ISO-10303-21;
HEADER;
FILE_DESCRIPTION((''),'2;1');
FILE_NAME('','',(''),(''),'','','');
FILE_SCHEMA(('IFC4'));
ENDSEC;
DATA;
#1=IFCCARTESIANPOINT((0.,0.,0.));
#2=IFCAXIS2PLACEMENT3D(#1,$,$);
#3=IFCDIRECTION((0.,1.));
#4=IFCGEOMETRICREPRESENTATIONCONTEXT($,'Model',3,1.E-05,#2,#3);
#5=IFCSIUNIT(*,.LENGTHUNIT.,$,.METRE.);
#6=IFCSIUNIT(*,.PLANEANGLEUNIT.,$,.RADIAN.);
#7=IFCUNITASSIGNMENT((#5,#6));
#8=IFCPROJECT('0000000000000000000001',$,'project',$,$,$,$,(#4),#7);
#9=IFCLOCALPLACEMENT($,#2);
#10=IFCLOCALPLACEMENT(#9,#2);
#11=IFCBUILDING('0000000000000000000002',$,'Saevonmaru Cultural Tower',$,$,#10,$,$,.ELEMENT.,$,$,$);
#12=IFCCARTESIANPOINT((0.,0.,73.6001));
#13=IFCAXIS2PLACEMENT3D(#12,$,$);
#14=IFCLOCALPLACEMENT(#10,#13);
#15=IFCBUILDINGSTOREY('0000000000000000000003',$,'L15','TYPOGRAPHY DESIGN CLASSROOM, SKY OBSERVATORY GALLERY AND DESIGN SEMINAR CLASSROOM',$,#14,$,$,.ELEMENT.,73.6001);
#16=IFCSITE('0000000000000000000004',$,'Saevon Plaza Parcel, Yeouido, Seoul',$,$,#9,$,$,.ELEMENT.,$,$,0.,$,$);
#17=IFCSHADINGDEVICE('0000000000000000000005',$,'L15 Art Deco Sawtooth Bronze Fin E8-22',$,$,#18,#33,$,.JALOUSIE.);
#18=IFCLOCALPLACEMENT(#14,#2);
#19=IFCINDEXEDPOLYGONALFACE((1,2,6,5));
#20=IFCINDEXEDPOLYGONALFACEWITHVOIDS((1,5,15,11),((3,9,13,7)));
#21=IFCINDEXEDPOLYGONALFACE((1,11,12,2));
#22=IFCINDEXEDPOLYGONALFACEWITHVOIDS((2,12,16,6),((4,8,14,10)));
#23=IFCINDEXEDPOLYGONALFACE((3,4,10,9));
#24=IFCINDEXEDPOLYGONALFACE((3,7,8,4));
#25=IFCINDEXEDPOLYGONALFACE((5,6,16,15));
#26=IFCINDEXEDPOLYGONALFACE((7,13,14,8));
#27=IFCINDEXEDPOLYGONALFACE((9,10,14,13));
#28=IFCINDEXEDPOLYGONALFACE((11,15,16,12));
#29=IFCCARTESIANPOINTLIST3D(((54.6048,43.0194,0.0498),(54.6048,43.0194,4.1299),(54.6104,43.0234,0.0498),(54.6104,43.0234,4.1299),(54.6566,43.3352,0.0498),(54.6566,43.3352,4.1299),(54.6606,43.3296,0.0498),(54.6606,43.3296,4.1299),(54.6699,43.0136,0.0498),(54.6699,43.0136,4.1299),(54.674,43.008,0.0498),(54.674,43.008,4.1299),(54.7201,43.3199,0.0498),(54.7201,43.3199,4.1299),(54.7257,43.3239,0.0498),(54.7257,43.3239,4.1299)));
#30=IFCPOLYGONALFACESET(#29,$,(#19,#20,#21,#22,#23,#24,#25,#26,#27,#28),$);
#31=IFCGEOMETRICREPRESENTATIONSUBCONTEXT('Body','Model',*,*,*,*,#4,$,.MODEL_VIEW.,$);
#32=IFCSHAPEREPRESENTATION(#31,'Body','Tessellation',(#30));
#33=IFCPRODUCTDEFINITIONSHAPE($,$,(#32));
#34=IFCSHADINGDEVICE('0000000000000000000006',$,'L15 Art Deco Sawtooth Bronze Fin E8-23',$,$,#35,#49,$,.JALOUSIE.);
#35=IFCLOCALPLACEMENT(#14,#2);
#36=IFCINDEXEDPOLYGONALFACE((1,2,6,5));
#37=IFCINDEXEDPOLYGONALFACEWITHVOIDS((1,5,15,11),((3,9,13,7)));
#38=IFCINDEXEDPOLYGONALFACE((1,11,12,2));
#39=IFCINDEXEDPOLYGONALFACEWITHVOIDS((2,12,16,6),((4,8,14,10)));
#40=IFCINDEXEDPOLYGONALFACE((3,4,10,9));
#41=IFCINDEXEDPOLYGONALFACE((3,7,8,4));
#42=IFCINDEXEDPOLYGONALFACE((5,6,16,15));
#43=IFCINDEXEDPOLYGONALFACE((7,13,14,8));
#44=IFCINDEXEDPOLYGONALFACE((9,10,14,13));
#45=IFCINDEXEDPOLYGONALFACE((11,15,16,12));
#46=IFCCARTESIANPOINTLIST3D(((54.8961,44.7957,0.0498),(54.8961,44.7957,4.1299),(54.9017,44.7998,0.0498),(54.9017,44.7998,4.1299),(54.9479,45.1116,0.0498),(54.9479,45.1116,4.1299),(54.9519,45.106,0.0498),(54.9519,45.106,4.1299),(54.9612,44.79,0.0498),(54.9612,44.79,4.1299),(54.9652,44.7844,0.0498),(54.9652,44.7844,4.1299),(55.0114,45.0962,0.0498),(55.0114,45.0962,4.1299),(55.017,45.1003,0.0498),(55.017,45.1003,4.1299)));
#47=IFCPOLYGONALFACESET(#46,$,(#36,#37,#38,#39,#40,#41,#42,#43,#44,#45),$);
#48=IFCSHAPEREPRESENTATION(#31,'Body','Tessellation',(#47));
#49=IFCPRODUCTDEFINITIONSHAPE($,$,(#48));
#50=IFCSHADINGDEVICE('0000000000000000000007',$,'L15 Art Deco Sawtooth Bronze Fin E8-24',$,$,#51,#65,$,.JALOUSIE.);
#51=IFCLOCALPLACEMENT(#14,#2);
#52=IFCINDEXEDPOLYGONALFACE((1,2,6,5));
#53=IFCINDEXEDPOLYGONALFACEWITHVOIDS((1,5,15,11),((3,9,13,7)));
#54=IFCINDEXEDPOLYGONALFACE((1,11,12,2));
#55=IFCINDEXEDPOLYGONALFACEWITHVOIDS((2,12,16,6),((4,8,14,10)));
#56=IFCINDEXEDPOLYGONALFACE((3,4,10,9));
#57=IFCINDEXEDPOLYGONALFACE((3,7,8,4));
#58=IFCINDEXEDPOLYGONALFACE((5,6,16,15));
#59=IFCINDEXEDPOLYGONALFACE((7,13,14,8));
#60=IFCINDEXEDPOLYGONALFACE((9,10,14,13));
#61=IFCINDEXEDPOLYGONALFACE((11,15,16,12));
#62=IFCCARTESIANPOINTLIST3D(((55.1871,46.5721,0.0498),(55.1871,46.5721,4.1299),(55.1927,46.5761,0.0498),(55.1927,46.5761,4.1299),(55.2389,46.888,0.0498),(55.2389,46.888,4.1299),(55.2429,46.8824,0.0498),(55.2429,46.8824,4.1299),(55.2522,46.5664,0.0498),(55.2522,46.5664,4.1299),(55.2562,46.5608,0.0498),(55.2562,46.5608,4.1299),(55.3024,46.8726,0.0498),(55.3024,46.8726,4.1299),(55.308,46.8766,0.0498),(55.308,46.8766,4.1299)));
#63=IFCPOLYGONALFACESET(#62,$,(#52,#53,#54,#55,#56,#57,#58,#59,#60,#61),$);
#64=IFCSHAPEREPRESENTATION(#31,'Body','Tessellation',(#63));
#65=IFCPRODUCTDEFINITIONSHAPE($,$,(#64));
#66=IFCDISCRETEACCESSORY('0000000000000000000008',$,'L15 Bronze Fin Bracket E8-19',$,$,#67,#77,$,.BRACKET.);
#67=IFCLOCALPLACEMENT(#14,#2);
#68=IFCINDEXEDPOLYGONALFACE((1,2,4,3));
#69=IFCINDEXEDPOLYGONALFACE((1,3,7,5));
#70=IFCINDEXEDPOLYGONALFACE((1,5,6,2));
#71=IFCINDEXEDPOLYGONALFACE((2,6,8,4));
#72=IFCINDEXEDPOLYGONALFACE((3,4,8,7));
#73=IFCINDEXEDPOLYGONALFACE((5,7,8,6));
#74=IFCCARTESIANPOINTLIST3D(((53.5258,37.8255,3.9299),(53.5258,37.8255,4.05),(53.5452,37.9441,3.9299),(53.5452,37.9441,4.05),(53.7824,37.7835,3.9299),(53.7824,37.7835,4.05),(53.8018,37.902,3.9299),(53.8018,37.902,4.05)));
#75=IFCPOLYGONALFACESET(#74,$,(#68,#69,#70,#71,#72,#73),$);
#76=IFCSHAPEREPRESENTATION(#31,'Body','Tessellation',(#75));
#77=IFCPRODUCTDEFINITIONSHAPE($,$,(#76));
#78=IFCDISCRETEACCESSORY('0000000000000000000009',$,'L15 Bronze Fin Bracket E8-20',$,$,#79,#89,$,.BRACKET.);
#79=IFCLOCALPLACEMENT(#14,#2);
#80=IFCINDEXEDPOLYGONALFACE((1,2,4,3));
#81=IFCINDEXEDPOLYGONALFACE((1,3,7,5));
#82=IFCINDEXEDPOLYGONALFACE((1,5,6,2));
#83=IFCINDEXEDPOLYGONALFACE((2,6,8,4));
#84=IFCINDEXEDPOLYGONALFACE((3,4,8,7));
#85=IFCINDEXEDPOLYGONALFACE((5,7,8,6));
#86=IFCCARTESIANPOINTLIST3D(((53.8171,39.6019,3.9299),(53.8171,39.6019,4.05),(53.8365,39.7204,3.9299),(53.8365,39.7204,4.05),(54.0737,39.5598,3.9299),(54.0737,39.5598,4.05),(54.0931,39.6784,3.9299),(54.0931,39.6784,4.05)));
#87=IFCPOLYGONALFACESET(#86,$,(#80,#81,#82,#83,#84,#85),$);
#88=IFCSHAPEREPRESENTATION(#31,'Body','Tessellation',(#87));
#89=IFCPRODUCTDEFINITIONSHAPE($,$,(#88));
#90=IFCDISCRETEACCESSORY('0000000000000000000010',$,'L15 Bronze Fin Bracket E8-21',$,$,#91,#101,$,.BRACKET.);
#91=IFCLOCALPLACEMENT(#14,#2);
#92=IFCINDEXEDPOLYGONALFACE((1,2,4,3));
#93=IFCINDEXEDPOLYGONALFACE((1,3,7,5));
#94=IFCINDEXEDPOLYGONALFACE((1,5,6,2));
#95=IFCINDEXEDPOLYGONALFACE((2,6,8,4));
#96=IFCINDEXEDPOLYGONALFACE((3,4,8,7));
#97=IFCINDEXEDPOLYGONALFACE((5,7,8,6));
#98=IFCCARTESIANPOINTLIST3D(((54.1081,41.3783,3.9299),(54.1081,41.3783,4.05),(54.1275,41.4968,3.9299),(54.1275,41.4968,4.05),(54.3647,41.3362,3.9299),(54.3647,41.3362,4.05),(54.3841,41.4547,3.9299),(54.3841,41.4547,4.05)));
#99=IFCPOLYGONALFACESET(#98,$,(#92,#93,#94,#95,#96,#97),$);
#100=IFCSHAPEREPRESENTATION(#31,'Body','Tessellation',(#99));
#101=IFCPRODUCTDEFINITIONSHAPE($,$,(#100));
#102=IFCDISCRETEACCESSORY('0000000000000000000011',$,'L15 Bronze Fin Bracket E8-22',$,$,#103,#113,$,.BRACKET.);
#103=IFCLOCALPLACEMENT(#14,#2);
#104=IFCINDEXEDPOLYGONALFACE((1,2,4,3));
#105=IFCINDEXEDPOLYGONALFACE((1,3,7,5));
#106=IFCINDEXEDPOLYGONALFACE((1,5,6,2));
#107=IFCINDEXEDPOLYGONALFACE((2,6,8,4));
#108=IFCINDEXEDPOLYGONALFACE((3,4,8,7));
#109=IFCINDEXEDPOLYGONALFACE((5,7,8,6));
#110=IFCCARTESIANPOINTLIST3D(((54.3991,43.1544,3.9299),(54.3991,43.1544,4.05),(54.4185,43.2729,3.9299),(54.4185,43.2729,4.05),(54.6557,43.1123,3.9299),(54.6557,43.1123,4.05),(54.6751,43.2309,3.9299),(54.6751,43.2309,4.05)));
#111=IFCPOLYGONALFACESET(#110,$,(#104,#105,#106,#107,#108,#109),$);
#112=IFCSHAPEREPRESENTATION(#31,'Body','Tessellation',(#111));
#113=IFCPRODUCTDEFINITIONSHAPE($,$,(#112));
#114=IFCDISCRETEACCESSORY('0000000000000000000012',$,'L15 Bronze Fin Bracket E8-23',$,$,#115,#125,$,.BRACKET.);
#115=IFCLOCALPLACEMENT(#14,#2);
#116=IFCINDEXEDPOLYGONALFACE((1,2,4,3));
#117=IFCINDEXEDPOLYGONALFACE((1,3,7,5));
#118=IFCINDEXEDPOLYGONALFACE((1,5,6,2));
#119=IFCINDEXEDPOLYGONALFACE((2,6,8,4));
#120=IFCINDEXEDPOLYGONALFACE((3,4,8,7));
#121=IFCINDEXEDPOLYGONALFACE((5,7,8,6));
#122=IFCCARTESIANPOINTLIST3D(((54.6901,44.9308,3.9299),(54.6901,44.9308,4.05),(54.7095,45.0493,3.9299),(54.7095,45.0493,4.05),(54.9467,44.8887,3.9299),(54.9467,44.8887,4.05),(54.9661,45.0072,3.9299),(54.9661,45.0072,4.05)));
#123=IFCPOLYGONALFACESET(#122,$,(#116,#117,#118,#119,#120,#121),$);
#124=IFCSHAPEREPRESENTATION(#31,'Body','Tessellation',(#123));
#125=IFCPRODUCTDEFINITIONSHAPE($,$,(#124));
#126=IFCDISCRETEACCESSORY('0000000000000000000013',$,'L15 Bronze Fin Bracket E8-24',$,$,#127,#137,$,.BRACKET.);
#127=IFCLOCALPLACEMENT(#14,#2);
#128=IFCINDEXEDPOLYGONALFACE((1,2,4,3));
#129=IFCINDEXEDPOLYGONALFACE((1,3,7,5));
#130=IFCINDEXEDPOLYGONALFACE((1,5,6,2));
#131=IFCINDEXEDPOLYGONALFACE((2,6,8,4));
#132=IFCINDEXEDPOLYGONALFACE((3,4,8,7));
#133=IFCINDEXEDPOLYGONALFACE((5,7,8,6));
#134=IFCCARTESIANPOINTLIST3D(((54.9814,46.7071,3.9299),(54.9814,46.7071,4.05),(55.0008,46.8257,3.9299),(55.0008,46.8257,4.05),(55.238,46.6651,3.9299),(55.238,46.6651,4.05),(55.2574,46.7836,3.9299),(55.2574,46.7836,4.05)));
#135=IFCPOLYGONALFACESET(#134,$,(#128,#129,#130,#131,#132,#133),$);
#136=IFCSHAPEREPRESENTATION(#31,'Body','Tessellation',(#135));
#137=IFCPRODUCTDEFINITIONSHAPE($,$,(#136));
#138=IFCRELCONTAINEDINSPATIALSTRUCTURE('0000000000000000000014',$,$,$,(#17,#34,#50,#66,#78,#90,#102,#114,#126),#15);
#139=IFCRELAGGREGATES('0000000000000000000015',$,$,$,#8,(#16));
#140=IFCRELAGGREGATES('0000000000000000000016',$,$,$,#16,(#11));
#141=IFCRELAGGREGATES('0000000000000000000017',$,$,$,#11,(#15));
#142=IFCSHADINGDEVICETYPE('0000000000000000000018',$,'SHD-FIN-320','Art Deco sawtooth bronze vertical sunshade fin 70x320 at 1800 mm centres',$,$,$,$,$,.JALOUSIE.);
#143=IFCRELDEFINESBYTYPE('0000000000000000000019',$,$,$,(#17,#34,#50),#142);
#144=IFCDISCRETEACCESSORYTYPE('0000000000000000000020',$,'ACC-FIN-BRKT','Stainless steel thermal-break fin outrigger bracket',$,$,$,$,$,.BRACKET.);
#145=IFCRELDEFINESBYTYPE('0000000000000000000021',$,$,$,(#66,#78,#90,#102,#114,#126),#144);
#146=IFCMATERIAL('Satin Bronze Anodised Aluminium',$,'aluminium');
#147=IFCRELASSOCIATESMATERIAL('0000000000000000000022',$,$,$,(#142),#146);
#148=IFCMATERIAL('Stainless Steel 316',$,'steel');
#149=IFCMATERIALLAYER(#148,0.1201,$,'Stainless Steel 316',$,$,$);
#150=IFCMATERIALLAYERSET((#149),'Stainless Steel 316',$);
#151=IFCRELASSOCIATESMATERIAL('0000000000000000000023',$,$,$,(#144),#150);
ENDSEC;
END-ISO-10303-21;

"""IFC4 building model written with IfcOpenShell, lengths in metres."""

from ifc_helpers import new_model, si_unit, direction, frame, origin, origin_2d, place, context, subcontext, project, spatial, rectangle, hollow_rectangle, extrude, material, layer, layer_set, material_profile, profile_set, type_object, element, save


model = new_model("IFC4")

# Units and contexts
model_context = context("Model", 3, precision=1e-05, world=origin(), true_north=direction((0.0, 1.0)))
body_context = subcontext(model_context, "Body", "Model", "MODEL_VIEW")
ifc_project = project(units=[si_unit("LENGTHUNIT", "METRE"), si_unit("PLANEANGLEUNIT", "RADIAN")], contexts=[model_context])

# Site, building, storey
site_placement = place(None, origin())
site = spatial("IfcSite", under=ifc_project, at=site_placement, Name="Saevon Plaza Parcel, Yeouido, Seoul", CompositionType="ELEMENT", RefElevation=0.0)
building_placement = place(site_placement, origin())
building = spatial("IfcBuilding", under=site, at=building_placement, Name="Saevonmaru Cultural Tower", CompositionType="ELEMENT")
storey_placement = place(building_placement, frame((0.0, 0.0, 73.6001)))
storey = spatial("IfcBuildingStorey", under=building, at=storey_placement, Name="L15", Description="TYPOGRAPHY DESIGN CLASSROOM, SKY OBSERVATORY GALLERY AND DESIGN SEMINAR CLASSROOM", CompositionType="ELEMENT", Elevation=73.6001)

# Shared definitions
ifc_material_1 = material(Name="Satin Bronze Anodised Aluminium", Category="aluminium")

# Shading devices
ifc_material_profile_1 = material_profile(ifc_material_1, hollow_rectangle(XDim=0.0701, YDim=0.3201, WallThickness=0.0049, at=origin_2d()), Name="FIN-320x70")
ifc_profile_set_1 = profile_set([ifc_material_profile_1], Name="Satin Bronze Anodised Aluminium")
shading_device_type = type_object("IfcShadingDeviceType", Name="SHD-FIN-320", Description="Art Deco sawtooth bronze vertical sunshade fin 70x320 at 1800 mm centres", PredefinedType="JALOUSIE", material=ifc_profile_set_1)
for number, where, z_axis, x_axis, name in (
    (1, (54.6653, 43.1716, 0.0498), (0.0, 0.0, 1.0), (0.986827, -0.161776, 0.0), "L15 Art Deco Sawtooth Bronze Fin E8-22"),
    (2, (54.9565, 44.948, 0.0498), (0.0, 0.0, 1.0), (0.986827, -0.161776, 0.0), "L15 Art Deco Sawtooth Bronze Fin E8-23"),
    (3, (55.2476, 46.7244, 0.0498), (0.0, 0.0, 1.0), (0.986827, -0.161776, 0.0), "L15 Art Deco Sawtooth Bronze Fin E8-24"),
):
    element("IfcShadingDevice", number, at=place(storey_placement, frame(where, z_axis=z_axis, x_axis=x_axis)), inside=storey, type_object=shading_device_type, Name=name, PredefinedType="JALOUSIE", context=body_context, shape_type="SweptSolid", body=[
        extrude(hollow_rectangle(XDim=0.0701, YDim=0.3201, WallThickness=0.0049, at=origin_2d()), origin(), (0.0, 0.0, 1.0), 4.0801),
    ])

# Discrete accessories
ifc_material_2 = material(Name="Stainless Steel 316", Category="steel")
ifc_layer_1 = layer(ifc_material_2, 0.1201, Name="Stainless Steel 316")
ifc_layer_set_1 = layer_set([ifc_layer_1], Name="Stainless Steel 316")
discrete_accessory_type = type_object("IfcDiscreteAccessoryType", Name="ACC-FIN-BRKT", Description="Stainless steel thermal-break fin outrigger bracket", PredefinedType="BRACKET", material=ifc_layer_set_1)
for number, where, z_axis, x_axis, name in (
    (4, (53.6638, 37.8638, 3.9299), (0.0, 0.0, 1.0), (0.986827, -0.161776, 0.0), "L15 Bronze Fin Bracket E8-19"),
    (5, (53.9551, 39.6401, 3.9299), (0.0, 0.0, 1.0), (0.986827, -0.161776, 0.0), "L15 Bronze Fin Bracket E8-20"),
    (6, (54.2461, 41.4165, 3.9299), (0.0, 0.0, 1.0), (0.986827, -0.161776, 0.0), "L15 Bronze Fin Bracket E8-21"),
    (7, (54.5371, 43.1926, 3.9299), (0.0, 0.0, 1.0), (0.986827, -0.161776, 0.0), "L15 Bronze Fin Bracket E8-22"),
    (8, (54.8281, 44.969, 3.9299), (0.0, 0.0, 1.0), (0.986827, -0.161776, 0.0), "L15 Bronze Fin Bracket E8-23"),
    (9, (55.1194, 46.7454, 3.9299), (0.0, 0.0, 1.0), (0.986827, -0.161776, 0.0), "L15 Bronze Fin Bracket E8-24"),
):
    element("IfcDiscreteAccessory", number, at=place(storey_placement, frame(where, z_axis=z_axis, x_axis=x_axis)), inside=storey, type_object=discrete_accessory_type, Name=name, PredefinedType="BRACKET", context=body_context, shape_type="SweptSolid", body=[
        extrude(rectangle(XDim=0.26, YDim=0.1201, at=origin_2d()), origin(), (0.0, 0.0, 1.0), 0.1201),
    ])

save(model, "model.ifc")
